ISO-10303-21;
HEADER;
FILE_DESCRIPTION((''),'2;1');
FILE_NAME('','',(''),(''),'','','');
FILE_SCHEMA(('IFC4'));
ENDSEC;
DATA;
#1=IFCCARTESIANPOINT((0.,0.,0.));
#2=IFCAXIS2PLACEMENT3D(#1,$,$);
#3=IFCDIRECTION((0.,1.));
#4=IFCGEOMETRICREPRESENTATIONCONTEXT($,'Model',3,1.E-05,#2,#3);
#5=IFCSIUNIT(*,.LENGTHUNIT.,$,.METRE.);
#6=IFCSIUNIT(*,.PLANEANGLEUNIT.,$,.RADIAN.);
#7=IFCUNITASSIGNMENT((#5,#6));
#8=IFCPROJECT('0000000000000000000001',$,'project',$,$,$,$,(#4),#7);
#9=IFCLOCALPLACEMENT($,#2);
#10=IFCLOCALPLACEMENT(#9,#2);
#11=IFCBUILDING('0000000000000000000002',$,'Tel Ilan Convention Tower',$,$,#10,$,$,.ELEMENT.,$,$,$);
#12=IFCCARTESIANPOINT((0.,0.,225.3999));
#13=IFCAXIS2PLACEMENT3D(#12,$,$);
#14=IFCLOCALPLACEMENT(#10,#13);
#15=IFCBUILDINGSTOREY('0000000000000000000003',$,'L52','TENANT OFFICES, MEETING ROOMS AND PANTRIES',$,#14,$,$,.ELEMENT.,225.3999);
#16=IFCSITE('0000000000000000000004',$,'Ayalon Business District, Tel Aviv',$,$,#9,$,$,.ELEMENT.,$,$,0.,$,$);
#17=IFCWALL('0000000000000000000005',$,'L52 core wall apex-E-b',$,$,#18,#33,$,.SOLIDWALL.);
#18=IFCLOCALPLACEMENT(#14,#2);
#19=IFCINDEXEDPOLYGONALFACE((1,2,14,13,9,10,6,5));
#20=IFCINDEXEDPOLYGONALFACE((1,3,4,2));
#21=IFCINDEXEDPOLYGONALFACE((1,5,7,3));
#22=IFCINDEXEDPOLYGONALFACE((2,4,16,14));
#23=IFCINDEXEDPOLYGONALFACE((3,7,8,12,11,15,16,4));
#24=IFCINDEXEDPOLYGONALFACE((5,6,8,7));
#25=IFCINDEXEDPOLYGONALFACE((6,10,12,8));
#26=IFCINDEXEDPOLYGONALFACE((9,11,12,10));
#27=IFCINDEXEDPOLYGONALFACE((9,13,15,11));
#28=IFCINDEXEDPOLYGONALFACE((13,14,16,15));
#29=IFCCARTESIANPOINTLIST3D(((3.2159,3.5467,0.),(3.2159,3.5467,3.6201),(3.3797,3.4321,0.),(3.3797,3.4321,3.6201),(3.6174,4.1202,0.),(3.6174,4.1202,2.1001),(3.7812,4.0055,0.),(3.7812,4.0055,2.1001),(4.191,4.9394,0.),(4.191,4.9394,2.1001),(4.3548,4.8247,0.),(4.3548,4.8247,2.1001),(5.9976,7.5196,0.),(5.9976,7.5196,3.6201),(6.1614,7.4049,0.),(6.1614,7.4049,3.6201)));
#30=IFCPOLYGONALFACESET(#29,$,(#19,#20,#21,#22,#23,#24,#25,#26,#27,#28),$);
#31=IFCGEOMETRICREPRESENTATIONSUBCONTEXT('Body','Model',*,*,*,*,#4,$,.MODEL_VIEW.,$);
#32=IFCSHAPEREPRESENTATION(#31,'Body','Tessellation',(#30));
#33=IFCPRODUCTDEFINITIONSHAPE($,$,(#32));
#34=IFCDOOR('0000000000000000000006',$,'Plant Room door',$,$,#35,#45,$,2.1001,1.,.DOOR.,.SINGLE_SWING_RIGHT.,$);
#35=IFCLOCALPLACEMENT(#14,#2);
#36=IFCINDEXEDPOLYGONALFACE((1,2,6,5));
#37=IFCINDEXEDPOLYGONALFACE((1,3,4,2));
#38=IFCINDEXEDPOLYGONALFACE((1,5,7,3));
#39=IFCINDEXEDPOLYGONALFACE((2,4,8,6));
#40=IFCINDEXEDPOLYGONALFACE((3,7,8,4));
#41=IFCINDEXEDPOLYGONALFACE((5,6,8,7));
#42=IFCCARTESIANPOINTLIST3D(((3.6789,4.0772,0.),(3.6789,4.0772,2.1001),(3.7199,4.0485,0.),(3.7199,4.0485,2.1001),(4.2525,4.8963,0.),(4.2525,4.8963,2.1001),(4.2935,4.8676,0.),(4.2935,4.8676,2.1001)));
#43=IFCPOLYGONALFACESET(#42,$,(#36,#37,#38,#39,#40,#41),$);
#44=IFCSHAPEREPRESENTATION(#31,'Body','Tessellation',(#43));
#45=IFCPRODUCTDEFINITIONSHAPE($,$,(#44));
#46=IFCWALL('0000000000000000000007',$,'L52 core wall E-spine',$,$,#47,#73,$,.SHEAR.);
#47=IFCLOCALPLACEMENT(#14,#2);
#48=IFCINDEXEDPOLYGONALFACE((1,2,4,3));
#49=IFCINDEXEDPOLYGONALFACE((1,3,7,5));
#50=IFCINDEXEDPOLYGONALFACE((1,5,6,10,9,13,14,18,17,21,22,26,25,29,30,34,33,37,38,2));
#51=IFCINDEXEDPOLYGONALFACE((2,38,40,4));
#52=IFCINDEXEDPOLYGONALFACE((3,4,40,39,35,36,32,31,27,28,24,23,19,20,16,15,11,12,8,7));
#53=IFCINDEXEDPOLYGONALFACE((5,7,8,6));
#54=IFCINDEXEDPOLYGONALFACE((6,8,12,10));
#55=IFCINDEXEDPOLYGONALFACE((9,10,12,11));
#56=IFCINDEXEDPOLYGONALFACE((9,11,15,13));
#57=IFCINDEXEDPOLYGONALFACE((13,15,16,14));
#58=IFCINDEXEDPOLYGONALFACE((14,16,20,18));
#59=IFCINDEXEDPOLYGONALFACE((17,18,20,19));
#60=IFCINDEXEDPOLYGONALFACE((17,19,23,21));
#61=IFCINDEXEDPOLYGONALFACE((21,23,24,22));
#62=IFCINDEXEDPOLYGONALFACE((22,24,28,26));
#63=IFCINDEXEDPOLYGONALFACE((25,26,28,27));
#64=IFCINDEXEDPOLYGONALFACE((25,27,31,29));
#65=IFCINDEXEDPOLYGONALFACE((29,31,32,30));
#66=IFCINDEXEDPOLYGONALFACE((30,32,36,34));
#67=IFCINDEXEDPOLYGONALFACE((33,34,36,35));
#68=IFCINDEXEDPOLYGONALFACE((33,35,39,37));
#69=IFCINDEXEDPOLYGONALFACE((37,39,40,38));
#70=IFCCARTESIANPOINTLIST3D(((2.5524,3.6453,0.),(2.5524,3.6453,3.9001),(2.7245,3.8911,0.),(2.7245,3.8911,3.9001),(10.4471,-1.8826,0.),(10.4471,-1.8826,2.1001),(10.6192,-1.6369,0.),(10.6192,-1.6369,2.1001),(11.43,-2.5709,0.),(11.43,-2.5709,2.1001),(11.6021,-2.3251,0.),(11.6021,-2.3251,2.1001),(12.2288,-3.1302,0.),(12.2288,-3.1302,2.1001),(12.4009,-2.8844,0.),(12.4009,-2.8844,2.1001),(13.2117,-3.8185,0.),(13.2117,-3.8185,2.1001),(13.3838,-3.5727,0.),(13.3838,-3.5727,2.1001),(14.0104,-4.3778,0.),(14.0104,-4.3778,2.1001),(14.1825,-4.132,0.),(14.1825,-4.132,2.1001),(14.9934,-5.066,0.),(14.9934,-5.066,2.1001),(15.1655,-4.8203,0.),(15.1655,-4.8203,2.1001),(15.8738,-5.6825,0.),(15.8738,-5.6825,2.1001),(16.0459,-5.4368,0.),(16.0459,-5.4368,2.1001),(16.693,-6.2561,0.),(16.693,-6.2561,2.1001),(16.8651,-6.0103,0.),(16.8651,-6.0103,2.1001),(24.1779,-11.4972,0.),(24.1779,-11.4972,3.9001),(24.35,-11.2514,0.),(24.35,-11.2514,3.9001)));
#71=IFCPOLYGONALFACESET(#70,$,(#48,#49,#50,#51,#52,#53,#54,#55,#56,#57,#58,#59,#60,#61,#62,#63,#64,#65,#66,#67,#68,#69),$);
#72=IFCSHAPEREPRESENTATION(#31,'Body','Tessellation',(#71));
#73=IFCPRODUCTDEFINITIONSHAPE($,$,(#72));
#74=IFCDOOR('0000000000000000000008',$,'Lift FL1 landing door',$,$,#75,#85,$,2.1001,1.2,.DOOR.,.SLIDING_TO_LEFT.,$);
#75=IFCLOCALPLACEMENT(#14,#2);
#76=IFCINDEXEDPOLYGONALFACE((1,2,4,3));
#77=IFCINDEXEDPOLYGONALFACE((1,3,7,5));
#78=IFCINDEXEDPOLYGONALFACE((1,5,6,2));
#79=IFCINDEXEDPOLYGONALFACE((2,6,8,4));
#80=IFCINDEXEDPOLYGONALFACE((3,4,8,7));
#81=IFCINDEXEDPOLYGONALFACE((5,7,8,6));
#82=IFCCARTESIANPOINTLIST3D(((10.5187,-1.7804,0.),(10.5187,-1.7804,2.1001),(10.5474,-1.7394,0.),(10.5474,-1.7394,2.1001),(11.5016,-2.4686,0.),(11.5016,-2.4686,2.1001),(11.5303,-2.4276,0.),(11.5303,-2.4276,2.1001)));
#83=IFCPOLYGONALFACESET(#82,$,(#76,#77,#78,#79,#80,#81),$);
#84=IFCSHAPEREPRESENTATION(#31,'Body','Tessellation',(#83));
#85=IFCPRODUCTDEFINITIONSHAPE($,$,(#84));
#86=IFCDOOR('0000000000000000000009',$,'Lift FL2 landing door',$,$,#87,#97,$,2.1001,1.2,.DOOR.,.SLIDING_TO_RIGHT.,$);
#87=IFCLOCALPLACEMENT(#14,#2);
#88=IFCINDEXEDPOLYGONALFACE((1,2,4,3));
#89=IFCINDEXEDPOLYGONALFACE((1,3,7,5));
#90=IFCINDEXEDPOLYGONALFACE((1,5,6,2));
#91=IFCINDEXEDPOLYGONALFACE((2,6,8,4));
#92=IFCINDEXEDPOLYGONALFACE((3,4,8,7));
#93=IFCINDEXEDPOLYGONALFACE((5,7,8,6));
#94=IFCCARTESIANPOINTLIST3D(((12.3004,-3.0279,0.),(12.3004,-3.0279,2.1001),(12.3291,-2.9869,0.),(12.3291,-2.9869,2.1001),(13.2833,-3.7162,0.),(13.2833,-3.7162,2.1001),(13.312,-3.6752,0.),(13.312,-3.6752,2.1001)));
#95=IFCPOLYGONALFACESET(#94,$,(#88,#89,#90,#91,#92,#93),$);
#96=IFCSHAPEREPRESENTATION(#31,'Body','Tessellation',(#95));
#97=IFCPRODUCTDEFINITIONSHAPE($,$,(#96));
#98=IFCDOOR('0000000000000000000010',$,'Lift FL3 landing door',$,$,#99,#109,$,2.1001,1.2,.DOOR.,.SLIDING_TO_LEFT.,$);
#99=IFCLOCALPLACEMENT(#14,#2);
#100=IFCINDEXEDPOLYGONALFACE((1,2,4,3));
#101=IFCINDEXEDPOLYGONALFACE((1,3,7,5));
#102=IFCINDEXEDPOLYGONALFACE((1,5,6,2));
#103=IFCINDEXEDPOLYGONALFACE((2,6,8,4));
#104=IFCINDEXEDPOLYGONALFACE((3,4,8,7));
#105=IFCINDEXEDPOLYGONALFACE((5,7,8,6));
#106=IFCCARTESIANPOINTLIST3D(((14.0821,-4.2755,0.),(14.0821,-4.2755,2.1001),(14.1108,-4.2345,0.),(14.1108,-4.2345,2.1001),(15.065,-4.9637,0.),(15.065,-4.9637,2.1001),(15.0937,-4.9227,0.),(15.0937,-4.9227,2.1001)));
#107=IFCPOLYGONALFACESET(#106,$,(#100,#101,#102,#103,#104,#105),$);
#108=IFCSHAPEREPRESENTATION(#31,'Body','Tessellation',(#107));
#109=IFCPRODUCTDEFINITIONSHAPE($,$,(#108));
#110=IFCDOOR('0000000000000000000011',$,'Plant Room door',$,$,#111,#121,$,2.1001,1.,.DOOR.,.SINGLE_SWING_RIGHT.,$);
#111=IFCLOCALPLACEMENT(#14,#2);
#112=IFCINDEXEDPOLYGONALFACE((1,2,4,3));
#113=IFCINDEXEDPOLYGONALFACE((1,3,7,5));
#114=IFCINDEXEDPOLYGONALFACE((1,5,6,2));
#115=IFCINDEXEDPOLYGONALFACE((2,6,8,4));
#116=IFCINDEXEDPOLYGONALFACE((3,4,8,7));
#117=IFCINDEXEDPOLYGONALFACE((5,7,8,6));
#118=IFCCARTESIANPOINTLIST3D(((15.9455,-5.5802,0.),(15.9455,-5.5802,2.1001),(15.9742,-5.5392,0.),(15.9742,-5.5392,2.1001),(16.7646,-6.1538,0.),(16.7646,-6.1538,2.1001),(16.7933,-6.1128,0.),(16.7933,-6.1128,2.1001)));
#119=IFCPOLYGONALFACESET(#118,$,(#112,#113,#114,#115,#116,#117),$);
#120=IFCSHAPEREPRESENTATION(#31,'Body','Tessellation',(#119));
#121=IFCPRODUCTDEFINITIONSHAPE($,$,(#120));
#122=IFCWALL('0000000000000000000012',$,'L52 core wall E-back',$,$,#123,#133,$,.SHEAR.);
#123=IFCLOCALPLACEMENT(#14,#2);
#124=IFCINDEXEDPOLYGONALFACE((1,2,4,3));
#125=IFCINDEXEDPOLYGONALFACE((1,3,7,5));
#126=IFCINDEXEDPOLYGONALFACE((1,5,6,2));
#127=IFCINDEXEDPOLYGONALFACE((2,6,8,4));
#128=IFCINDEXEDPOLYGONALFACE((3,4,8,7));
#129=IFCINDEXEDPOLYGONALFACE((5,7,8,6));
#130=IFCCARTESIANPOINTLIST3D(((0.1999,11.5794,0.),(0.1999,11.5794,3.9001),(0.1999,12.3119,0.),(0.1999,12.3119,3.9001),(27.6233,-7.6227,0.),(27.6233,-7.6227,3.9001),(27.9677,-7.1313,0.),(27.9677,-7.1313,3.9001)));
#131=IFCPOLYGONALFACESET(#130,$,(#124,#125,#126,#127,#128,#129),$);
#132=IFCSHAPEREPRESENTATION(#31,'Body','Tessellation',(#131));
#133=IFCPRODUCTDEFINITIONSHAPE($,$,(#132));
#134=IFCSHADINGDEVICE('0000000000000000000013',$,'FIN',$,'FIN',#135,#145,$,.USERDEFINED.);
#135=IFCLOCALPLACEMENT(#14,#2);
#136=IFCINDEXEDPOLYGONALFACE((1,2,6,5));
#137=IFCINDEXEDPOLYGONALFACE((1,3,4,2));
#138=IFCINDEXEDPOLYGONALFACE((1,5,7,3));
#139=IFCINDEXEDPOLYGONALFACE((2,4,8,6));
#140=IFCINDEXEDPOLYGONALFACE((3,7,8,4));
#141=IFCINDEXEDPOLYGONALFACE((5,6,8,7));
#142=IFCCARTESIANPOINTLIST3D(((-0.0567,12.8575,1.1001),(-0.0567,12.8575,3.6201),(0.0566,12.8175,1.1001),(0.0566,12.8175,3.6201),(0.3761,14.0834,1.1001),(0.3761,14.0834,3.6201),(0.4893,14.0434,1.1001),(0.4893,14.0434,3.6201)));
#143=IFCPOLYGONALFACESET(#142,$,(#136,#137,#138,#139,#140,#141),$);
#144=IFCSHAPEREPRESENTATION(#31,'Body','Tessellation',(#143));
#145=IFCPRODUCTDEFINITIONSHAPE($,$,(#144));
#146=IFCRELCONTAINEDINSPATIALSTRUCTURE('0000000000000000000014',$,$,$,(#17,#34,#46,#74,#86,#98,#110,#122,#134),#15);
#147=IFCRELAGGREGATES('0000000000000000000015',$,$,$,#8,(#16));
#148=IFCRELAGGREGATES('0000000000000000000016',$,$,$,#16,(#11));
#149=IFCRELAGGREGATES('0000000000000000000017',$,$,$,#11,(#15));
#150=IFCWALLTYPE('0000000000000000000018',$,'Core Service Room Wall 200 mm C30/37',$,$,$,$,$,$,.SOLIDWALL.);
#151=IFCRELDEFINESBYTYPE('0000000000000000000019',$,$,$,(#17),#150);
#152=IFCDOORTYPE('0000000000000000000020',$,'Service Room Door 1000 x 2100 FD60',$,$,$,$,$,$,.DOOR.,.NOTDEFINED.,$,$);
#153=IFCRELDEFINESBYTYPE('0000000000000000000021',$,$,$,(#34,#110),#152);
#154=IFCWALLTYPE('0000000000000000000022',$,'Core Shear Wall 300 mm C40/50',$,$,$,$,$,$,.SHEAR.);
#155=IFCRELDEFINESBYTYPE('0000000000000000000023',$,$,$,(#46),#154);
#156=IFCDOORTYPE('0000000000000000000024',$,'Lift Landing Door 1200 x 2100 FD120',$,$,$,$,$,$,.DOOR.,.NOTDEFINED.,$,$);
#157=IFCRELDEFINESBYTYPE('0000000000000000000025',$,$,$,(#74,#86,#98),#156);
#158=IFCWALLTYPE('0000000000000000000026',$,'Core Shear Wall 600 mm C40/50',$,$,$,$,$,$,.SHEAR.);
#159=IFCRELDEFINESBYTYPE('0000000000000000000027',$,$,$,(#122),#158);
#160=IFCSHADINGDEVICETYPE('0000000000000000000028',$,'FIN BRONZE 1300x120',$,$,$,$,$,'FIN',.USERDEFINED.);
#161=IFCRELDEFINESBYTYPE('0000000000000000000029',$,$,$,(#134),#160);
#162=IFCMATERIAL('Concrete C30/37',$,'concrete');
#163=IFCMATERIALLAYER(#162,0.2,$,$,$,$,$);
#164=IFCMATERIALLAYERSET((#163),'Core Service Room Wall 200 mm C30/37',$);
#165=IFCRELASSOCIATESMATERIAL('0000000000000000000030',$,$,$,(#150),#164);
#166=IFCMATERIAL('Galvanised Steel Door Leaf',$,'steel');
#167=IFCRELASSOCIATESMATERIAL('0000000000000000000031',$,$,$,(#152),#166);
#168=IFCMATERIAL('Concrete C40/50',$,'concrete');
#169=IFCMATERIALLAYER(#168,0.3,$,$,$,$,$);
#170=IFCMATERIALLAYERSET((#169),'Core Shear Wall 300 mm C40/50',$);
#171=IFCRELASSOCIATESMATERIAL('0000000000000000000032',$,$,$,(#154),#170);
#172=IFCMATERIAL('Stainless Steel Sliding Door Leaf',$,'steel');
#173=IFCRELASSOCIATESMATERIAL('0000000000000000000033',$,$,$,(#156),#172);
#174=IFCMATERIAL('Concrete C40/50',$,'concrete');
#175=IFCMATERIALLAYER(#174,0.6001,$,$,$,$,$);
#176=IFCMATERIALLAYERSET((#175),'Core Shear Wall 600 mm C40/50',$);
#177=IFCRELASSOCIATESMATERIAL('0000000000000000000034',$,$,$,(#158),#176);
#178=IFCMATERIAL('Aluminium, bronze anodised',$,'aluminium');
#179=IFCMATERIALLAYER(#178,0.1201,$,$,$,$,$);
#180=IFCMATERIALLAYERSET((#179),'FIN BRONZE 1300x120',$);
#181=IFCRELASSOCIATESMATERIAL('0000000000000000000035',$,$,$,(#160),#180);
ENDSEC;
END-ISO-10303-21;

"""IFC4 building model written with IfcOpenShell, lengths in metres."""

from ifc_helpers import new_model, si_unit, direction, frame, frame_2d, origin, origin_2d, place, context, subcontext, project, spatial, polyline, rectangle, outline, extrude, material, layer, layer_set, type_object, element, fill, save


model = new_model("IFC4")

# Units and contexts
model_context = context("Model", 3, precision=1e-05, world=origin(), true_north=direction((0.0, 1.0)))
body_context = subcontext(model_context, "Body", "Model", "MODEL_VIEW")
ifc_project = project(units=[si_unit("LENGTHUNIT", "METRE"), si_unit("PLANEANGLEUNIT", "RADIAN")], contexts=[model_context])

# Site, building, storey
site_placement = place(None, origin())
site = spatial("IfcSite", under=ifc_project, at=site_placement, Name="Ayalon Business District, Tel Aviv", CompositionType="ELEMENT", RefElevation=0.0)
building_placement = place(site_placement, origin())
building = spatial("IfcBuilding", under=site, at=building_placement, Name="Tel Ilan Convention Tower", CompositionType="ELEMENT")
storey_placement = place(building_placement, frame((0.0, 0.0, 225.3999)))
storey = spatial("IfcBuildingStorey", under=building, at=storey_placement, Name="L52", Description="TENANT OFFICES, MEETING ROOMS AND PANTRIES", CompositionType="ELEMENT", Elevation=225.3999)

# Wall, opening, door
ifc_material_1 = material(Name="Concrete C30/37", Category="concrete")
ifc_layer_1 = layer(ifc_material_1, 0.2)
ifc_layer_set_1 = layer_set([ifc_layer_1], Name="Core Service Room Wall 200 mm C30/37")
wall_type_1 = type_object("IfcWallType", Name="Core Service Room Wall 200 mm C30/37", PredefinedType="SOLIDWALL", material=ifc_layer_set_1)
wall_1_placement = place(storey_placement, frame((3.2979, 3.4895, 0.0), z_axis=(0.0, 0.0, 1.0), x_axis=(0.57356, 0.819163, 0.0)))
wall_1 = element("IfcWall", 1, at=wall_1_placement, inside=storey, type_object=wall_type_1, Name="L52 core wall apex-E-b", PredefinedType="SOLIDWALL", context=body_context, shape_type="SweptSolid", body=[
    extrude(rectangle(XDim=4.8499, YDim=0.2, at=frame_2d((2.4248, 0.0))), origin(), (0.0, 0.0, 1.0), 3.6201),
])
opening_1_placement = place(wall_1_placement, frame((0.7, 0.0, 0.0)))
opening_1 = element("IfcOpeningElement", 2, at=opening_1_placement, cuts=wall_1, PredefinedType="OPENING", context=body_context, shape_type="SweptSolid", body=[
    extrude(rectangle(XDim=1.0, YDim=2.1001, at=frame_2d((0.5, 1.05))), frame((0.0, 0.1099, 0.0), z_axis=(0.0, -1.0, 0.0), x_axis=(1.0, 0.0, 0.0)), (0.0, 0.0, 1.0), 0.22),
])
ifc_material_2 = material(Name="Galvanised Steel Door Leaf", Category="steel")
door_type_1 = type_object("IfcDoorType", Name="Service Room Door 1000 x 2100 FD60", OperationType="NOTDEFINED", PredefinedType="DOOR", material=ifc_material_2)
door_1_placement = place(opening_1_placement, origin())
door_1 = element("IfcDoor", 3, at=door_1_placement, inside=storey, type_object=door_type_1, Name="Plant Room door", OperationType="SINGLE_SWING_RIGHT", OverallHeight=2.1001, OverallWidth=1.0, PredefinedType="DOOR", context=body_context, shape_type="SweptSolid", body=[
    extrude(rectangle(XDim=1.0, YDim=2.1001, at=frame_2d((0.5, 1.05))), frame((0.0, 0.0249, 0.0), z_axis=(0.0, -1.0, 0.0), x_axis=(1.0, 0.0, 0.0)), (0.0, 0.0, 1.0), 0.05),
])
fill(opening_1, door_1)

# Wall, openings, doors
ifc_material_3 = material(Name="Concrete C40/50", Category="concrete")
ifc_layer_2 = layer(ifc_material_3, 0.3)
ifc_layer_set_2 = layer_set([ifc_layer_2], Name="Core Shear Wall 300 mm C40/50")
wall_type_2 = type_object("IfcWallType", Name="Core Shear Wall 300 mm C40/50", PredefinedType="SHEAR", material=ifc_layer_set_2)
wall_2_placement = place(storey_placement, frame((2.6384, 3.7681, 0.0), z_axis=(0.0, 0.0, 1.0), x_axis=(0.819155, -0.573572, 0.0)))
wall_2 = element("IfcWall", 4, at=wall_2_placement, inside=storey, type_object=wall_type_2, Name="L52 core wall E-spine", PredefinedType="SHEAR", context=body_context, shape_type="SweptSolid", body=[
    extrude(outline(polyline([(0.0, 0.1501), (0.0, -0.1499), (26.3999, -0.1501), (26.3999, 0.1499), (0.0, 0.1501)])), origin(), (0.0, 0.0, 1.0), 3.9001),
])
opening_2_placement = place(wall_2_placement, frame((9.6375, 0.0, 0.0)))
opening_2 = element("IfcOpeningElement", 5, at=opening_2_placement, cuts=wall_2, PredefinedType="OPENING", context=body_context, shape_type="SweptSolid", body=[
    extrude(rectangle(XDim=1.2, YDim=2.1001, at=frame_2d((0.6001, 1.05))), frame((0.0, 0.1599, 0.0), z_axis=(0.0, -1.0, 0.0), x_axis=(1.0, 0.0, 0.0)), (0.0, 0.0, 1.0), 0.3201),
])
opening_3_placement = place(wall_2_placement, frame((11.8125, 0.0, 0.0)))
opening_3 = element("IfcOpeningElement", 6, at=opening_3_placement, cuts=wall_2, PredefinedType="OPENING", context=body_context, shape_type="SweptSolid", body=[
    extrude(rectangle(XDim=1.2, YDim=2.1001, at=frame_2d((0.6001, 1.05))), frame((0.0, 0.1599, 0.0), z_axis=(0.0, -1.0, 0.0), x_axis=(1.0, 0.0, 0.0)), (0.0, 0.0, 1.0), 0.3201),
])
opening_4_placement = place(wall_2_placement, frame((13.9875, 0.0, 0.0)))
opening_4 = element("IfcOpeningElement", 7, at=opening_4_placement, cuts=wall_2, PredefinedType="OPENING", context=body_context, shape_type="SweptSolid", body=[
    extrude(rectangle(XDim=1.2, YDim=2.1001, at=frame_2d((0.6001, 1.05))), frame((0.0, 0.1599, 0.0), z_axis=(0.0, -1.0, 0.0), x_axis=(1.0, 0.0, 0.0)), (0.0, 0.0, 1.0), 0.3201),
])
opening_5_placement = place(wall_2_placement, frame((16.2625, 0.0, 0.0)))
opening_5 = element("IfcOpeningElement", 8, at=opening_5_placement, cuts=wall_2, PredefinedType="OPENING", context=body_context, shape_type="SweptSolid", body=[
    extrude(rectangle(XDim=1.0, YDim=2.1001, at=frame_2d((0.5, 1.05))), frame((0.0, 0.1599, 0.0), z_axis=(0.0, -1.0, 0.0), x_axis=(1.0, 0.0, 0.0)), (0.0, 0.0, 1.0), 0.3201),
])
ifc_material_4 = material(Name="Stainless Steel Sliding Door Leaf", Category="steel")
door_type_2 = type_object("IfcDoorType", Name="Lift Landing Door 1200 x 2100 FD120", OperationType="NOTDEFINED", PredefinedType="DOOR", material=ifc_material_4)
door_2_placement = place(opening_2_placement, origin())
door_2 = element("IfcDoor", 9, at=door_2_placement, inside=storey, type_object=door_type_2, Name="Lift FL1 landing door", OperationType="SLIDING_TO_LEFT", OverallHeight=2.1001, OverallWidth=1.2, PredefinedType="DOOR", context=body_context, shape_type="SweptSolid", body=[
    extrude(rectangle(XDim=1.2, YDim=2.1001, at=frame_2d((0.6001, 1.05))), frame((0.0, 0.0249, 0.0), z_axis=(0.0, -1.0, 0.0), x_axis=(1.0, 0.0, 0.0)), (0.0, 0.0, 1.0), 0.05),
])
fill(opening_2, door_2)
door_3_placement = place(opening_3_placement, origin())
door_3 = element("IfcDoor", 10, at=door_3_placement, inside=storey, type_object=door_type_2, Name="Lift FL2 landing door", OperationType="SLIDING_TO_RIGHT", OverallHeight=2.1001, OverallWidth=1.2, PredefinedType="DOOR", context=body_context, shape_type="SweptSolid", body=[
    extrude(rectangle(XDim=1.2, YDim=2.1001, at=frame_2d((0.6001, 1.05))), frame((0.0, 0.0249, 0.0), z_axis=(0.0, -1.0, 0.0), x_axis=(1.0, 0.0, 0.0)), (0.0, 0.0, 1.0), 0.05),
])
fill(opening_3, door_3)
door_4_placement = place(opening_4_placement, origin())
door_4 = element("IfcDoor", 11, at=door_4_placement, inside=storey, type_object=door_type_2, Name="Lift FL3 landing door", OperationType="SLIDING_TO_LEFT", OverallHeight=2.1001, OverallWidth=1.2, PredefinedType="DOOR", context=body_context, shape_type="SweptSolid", body=[
    extrude(rectangle(XDim=1.2, YDim=2.1001, at=frame_2d((0.6001, 1.05))), frame((0.0, 0.0249, 0.0), z_axis=(0.0, -1.0, 0.0), x_axis=(1.0, 0.0, 0.0)), (0.0, 0.0, 1.0), 0.05),
])
fill(opening_4, door_4)
door_5_placement = place(opening_5_placement, origin())
door_5 = element("IfcDoor", 12, at=door_5_placement, inside=storey, type_object=door_type_1, Name="Plant Room door", OperationType="SINGLE_SWING_RIGHT", OverallHeight=2.1001, OverallWidth=1.0, PredefinedType="DOOR", context=body_context, shape_type="SweptSolid", body=[
    extrude(rectangle(XDim=1.0, YDim=2.1001, at=frame_2d((0.5, 1.05))), frame((0.0, 0.0249, 0.0), z_axis=(0.0, -1.0, 0.0), x_axis=(1.0, 0.0, 0.0)), (0.0, 0.0, 1.0), 0.05),
])
fill(opening_5, door_5)

# Wall
ifc_material_5 = material(Name="Concrete C40/50", Category="concrete")
ifc_layer_3 = layer(ifc_material_5, 0.6001)
ifc_layer_set_3 = layer_set([ifc_layer_3], Name="Core Shear Wall 600 mm C40/50")
wall_type_3 = type_object("IfcWallType", Name="Core Shear Wall 600 mm C40/50", PredefinedType="SHEAR", material=ifc_layer_set_3)
wall_3_placement = place(storey_placement, frame((0.0278, 12.0662, 0.0), z_axis=(0.0, 0.0, 1.0), x_axis=(0.819151, -0.573577, 0.0)))
element("IfcWall", 13, at=wall_3_placement, inside=storey, type_object=wall_type_3, Name="L52 core wall E-back", PredefinedType="SHEAR", context=body_context, shape_type="SweptSolid", body=[
    extrude(outline(polyline([(33.8982, 0.3), (0.0, 0.3), (0.4202, -0.3), (33.8979, -0.3), (33.8982, 0.3)])), origin(), (0.0, 0.0, 1.0), 3.9001),
])

# Shading device
ifc_material_6 = material(Name="Aluminium, bronze anodised", Category="aluminium")
ifc_layer_4 = layer(ifc_material_6, 0.1201)
ifc_layer_set_4 = layer_set([ifc_layer_4], Name="FIN BRONZE 1300x120")
shading_device_type_1 = type_object("IfcShadingDeviceType", Name="FIN BRONZE 1300x120", ElementType="FIN", PredefinedType="USERDEFINED", material=ifc_layer_set_4)
shading_device_1_placement = place(storey_placement, frame((0.2163, 13.4504, 1.1001), z_axis=(0.0, 0.0, 1.0), x_axis=(0.332893, 0.942965, 0.0)))
element("IfcShadingDevice", 14, at=shading_device_1_placement, inside=storey, type_object=shading_device_type_1, Name="FIN", ObjectType="FIN", PredefinedType="USERDEFINED", context=body_context, shape_type="SweptSolid", body=[
    extrude(rectangle(XDim=1.3, YDim=0.1201, at=origin_2d()), origin(), (0.0, 0.0, 1.0), 2.52),
])

save(model, "model.ifc")
